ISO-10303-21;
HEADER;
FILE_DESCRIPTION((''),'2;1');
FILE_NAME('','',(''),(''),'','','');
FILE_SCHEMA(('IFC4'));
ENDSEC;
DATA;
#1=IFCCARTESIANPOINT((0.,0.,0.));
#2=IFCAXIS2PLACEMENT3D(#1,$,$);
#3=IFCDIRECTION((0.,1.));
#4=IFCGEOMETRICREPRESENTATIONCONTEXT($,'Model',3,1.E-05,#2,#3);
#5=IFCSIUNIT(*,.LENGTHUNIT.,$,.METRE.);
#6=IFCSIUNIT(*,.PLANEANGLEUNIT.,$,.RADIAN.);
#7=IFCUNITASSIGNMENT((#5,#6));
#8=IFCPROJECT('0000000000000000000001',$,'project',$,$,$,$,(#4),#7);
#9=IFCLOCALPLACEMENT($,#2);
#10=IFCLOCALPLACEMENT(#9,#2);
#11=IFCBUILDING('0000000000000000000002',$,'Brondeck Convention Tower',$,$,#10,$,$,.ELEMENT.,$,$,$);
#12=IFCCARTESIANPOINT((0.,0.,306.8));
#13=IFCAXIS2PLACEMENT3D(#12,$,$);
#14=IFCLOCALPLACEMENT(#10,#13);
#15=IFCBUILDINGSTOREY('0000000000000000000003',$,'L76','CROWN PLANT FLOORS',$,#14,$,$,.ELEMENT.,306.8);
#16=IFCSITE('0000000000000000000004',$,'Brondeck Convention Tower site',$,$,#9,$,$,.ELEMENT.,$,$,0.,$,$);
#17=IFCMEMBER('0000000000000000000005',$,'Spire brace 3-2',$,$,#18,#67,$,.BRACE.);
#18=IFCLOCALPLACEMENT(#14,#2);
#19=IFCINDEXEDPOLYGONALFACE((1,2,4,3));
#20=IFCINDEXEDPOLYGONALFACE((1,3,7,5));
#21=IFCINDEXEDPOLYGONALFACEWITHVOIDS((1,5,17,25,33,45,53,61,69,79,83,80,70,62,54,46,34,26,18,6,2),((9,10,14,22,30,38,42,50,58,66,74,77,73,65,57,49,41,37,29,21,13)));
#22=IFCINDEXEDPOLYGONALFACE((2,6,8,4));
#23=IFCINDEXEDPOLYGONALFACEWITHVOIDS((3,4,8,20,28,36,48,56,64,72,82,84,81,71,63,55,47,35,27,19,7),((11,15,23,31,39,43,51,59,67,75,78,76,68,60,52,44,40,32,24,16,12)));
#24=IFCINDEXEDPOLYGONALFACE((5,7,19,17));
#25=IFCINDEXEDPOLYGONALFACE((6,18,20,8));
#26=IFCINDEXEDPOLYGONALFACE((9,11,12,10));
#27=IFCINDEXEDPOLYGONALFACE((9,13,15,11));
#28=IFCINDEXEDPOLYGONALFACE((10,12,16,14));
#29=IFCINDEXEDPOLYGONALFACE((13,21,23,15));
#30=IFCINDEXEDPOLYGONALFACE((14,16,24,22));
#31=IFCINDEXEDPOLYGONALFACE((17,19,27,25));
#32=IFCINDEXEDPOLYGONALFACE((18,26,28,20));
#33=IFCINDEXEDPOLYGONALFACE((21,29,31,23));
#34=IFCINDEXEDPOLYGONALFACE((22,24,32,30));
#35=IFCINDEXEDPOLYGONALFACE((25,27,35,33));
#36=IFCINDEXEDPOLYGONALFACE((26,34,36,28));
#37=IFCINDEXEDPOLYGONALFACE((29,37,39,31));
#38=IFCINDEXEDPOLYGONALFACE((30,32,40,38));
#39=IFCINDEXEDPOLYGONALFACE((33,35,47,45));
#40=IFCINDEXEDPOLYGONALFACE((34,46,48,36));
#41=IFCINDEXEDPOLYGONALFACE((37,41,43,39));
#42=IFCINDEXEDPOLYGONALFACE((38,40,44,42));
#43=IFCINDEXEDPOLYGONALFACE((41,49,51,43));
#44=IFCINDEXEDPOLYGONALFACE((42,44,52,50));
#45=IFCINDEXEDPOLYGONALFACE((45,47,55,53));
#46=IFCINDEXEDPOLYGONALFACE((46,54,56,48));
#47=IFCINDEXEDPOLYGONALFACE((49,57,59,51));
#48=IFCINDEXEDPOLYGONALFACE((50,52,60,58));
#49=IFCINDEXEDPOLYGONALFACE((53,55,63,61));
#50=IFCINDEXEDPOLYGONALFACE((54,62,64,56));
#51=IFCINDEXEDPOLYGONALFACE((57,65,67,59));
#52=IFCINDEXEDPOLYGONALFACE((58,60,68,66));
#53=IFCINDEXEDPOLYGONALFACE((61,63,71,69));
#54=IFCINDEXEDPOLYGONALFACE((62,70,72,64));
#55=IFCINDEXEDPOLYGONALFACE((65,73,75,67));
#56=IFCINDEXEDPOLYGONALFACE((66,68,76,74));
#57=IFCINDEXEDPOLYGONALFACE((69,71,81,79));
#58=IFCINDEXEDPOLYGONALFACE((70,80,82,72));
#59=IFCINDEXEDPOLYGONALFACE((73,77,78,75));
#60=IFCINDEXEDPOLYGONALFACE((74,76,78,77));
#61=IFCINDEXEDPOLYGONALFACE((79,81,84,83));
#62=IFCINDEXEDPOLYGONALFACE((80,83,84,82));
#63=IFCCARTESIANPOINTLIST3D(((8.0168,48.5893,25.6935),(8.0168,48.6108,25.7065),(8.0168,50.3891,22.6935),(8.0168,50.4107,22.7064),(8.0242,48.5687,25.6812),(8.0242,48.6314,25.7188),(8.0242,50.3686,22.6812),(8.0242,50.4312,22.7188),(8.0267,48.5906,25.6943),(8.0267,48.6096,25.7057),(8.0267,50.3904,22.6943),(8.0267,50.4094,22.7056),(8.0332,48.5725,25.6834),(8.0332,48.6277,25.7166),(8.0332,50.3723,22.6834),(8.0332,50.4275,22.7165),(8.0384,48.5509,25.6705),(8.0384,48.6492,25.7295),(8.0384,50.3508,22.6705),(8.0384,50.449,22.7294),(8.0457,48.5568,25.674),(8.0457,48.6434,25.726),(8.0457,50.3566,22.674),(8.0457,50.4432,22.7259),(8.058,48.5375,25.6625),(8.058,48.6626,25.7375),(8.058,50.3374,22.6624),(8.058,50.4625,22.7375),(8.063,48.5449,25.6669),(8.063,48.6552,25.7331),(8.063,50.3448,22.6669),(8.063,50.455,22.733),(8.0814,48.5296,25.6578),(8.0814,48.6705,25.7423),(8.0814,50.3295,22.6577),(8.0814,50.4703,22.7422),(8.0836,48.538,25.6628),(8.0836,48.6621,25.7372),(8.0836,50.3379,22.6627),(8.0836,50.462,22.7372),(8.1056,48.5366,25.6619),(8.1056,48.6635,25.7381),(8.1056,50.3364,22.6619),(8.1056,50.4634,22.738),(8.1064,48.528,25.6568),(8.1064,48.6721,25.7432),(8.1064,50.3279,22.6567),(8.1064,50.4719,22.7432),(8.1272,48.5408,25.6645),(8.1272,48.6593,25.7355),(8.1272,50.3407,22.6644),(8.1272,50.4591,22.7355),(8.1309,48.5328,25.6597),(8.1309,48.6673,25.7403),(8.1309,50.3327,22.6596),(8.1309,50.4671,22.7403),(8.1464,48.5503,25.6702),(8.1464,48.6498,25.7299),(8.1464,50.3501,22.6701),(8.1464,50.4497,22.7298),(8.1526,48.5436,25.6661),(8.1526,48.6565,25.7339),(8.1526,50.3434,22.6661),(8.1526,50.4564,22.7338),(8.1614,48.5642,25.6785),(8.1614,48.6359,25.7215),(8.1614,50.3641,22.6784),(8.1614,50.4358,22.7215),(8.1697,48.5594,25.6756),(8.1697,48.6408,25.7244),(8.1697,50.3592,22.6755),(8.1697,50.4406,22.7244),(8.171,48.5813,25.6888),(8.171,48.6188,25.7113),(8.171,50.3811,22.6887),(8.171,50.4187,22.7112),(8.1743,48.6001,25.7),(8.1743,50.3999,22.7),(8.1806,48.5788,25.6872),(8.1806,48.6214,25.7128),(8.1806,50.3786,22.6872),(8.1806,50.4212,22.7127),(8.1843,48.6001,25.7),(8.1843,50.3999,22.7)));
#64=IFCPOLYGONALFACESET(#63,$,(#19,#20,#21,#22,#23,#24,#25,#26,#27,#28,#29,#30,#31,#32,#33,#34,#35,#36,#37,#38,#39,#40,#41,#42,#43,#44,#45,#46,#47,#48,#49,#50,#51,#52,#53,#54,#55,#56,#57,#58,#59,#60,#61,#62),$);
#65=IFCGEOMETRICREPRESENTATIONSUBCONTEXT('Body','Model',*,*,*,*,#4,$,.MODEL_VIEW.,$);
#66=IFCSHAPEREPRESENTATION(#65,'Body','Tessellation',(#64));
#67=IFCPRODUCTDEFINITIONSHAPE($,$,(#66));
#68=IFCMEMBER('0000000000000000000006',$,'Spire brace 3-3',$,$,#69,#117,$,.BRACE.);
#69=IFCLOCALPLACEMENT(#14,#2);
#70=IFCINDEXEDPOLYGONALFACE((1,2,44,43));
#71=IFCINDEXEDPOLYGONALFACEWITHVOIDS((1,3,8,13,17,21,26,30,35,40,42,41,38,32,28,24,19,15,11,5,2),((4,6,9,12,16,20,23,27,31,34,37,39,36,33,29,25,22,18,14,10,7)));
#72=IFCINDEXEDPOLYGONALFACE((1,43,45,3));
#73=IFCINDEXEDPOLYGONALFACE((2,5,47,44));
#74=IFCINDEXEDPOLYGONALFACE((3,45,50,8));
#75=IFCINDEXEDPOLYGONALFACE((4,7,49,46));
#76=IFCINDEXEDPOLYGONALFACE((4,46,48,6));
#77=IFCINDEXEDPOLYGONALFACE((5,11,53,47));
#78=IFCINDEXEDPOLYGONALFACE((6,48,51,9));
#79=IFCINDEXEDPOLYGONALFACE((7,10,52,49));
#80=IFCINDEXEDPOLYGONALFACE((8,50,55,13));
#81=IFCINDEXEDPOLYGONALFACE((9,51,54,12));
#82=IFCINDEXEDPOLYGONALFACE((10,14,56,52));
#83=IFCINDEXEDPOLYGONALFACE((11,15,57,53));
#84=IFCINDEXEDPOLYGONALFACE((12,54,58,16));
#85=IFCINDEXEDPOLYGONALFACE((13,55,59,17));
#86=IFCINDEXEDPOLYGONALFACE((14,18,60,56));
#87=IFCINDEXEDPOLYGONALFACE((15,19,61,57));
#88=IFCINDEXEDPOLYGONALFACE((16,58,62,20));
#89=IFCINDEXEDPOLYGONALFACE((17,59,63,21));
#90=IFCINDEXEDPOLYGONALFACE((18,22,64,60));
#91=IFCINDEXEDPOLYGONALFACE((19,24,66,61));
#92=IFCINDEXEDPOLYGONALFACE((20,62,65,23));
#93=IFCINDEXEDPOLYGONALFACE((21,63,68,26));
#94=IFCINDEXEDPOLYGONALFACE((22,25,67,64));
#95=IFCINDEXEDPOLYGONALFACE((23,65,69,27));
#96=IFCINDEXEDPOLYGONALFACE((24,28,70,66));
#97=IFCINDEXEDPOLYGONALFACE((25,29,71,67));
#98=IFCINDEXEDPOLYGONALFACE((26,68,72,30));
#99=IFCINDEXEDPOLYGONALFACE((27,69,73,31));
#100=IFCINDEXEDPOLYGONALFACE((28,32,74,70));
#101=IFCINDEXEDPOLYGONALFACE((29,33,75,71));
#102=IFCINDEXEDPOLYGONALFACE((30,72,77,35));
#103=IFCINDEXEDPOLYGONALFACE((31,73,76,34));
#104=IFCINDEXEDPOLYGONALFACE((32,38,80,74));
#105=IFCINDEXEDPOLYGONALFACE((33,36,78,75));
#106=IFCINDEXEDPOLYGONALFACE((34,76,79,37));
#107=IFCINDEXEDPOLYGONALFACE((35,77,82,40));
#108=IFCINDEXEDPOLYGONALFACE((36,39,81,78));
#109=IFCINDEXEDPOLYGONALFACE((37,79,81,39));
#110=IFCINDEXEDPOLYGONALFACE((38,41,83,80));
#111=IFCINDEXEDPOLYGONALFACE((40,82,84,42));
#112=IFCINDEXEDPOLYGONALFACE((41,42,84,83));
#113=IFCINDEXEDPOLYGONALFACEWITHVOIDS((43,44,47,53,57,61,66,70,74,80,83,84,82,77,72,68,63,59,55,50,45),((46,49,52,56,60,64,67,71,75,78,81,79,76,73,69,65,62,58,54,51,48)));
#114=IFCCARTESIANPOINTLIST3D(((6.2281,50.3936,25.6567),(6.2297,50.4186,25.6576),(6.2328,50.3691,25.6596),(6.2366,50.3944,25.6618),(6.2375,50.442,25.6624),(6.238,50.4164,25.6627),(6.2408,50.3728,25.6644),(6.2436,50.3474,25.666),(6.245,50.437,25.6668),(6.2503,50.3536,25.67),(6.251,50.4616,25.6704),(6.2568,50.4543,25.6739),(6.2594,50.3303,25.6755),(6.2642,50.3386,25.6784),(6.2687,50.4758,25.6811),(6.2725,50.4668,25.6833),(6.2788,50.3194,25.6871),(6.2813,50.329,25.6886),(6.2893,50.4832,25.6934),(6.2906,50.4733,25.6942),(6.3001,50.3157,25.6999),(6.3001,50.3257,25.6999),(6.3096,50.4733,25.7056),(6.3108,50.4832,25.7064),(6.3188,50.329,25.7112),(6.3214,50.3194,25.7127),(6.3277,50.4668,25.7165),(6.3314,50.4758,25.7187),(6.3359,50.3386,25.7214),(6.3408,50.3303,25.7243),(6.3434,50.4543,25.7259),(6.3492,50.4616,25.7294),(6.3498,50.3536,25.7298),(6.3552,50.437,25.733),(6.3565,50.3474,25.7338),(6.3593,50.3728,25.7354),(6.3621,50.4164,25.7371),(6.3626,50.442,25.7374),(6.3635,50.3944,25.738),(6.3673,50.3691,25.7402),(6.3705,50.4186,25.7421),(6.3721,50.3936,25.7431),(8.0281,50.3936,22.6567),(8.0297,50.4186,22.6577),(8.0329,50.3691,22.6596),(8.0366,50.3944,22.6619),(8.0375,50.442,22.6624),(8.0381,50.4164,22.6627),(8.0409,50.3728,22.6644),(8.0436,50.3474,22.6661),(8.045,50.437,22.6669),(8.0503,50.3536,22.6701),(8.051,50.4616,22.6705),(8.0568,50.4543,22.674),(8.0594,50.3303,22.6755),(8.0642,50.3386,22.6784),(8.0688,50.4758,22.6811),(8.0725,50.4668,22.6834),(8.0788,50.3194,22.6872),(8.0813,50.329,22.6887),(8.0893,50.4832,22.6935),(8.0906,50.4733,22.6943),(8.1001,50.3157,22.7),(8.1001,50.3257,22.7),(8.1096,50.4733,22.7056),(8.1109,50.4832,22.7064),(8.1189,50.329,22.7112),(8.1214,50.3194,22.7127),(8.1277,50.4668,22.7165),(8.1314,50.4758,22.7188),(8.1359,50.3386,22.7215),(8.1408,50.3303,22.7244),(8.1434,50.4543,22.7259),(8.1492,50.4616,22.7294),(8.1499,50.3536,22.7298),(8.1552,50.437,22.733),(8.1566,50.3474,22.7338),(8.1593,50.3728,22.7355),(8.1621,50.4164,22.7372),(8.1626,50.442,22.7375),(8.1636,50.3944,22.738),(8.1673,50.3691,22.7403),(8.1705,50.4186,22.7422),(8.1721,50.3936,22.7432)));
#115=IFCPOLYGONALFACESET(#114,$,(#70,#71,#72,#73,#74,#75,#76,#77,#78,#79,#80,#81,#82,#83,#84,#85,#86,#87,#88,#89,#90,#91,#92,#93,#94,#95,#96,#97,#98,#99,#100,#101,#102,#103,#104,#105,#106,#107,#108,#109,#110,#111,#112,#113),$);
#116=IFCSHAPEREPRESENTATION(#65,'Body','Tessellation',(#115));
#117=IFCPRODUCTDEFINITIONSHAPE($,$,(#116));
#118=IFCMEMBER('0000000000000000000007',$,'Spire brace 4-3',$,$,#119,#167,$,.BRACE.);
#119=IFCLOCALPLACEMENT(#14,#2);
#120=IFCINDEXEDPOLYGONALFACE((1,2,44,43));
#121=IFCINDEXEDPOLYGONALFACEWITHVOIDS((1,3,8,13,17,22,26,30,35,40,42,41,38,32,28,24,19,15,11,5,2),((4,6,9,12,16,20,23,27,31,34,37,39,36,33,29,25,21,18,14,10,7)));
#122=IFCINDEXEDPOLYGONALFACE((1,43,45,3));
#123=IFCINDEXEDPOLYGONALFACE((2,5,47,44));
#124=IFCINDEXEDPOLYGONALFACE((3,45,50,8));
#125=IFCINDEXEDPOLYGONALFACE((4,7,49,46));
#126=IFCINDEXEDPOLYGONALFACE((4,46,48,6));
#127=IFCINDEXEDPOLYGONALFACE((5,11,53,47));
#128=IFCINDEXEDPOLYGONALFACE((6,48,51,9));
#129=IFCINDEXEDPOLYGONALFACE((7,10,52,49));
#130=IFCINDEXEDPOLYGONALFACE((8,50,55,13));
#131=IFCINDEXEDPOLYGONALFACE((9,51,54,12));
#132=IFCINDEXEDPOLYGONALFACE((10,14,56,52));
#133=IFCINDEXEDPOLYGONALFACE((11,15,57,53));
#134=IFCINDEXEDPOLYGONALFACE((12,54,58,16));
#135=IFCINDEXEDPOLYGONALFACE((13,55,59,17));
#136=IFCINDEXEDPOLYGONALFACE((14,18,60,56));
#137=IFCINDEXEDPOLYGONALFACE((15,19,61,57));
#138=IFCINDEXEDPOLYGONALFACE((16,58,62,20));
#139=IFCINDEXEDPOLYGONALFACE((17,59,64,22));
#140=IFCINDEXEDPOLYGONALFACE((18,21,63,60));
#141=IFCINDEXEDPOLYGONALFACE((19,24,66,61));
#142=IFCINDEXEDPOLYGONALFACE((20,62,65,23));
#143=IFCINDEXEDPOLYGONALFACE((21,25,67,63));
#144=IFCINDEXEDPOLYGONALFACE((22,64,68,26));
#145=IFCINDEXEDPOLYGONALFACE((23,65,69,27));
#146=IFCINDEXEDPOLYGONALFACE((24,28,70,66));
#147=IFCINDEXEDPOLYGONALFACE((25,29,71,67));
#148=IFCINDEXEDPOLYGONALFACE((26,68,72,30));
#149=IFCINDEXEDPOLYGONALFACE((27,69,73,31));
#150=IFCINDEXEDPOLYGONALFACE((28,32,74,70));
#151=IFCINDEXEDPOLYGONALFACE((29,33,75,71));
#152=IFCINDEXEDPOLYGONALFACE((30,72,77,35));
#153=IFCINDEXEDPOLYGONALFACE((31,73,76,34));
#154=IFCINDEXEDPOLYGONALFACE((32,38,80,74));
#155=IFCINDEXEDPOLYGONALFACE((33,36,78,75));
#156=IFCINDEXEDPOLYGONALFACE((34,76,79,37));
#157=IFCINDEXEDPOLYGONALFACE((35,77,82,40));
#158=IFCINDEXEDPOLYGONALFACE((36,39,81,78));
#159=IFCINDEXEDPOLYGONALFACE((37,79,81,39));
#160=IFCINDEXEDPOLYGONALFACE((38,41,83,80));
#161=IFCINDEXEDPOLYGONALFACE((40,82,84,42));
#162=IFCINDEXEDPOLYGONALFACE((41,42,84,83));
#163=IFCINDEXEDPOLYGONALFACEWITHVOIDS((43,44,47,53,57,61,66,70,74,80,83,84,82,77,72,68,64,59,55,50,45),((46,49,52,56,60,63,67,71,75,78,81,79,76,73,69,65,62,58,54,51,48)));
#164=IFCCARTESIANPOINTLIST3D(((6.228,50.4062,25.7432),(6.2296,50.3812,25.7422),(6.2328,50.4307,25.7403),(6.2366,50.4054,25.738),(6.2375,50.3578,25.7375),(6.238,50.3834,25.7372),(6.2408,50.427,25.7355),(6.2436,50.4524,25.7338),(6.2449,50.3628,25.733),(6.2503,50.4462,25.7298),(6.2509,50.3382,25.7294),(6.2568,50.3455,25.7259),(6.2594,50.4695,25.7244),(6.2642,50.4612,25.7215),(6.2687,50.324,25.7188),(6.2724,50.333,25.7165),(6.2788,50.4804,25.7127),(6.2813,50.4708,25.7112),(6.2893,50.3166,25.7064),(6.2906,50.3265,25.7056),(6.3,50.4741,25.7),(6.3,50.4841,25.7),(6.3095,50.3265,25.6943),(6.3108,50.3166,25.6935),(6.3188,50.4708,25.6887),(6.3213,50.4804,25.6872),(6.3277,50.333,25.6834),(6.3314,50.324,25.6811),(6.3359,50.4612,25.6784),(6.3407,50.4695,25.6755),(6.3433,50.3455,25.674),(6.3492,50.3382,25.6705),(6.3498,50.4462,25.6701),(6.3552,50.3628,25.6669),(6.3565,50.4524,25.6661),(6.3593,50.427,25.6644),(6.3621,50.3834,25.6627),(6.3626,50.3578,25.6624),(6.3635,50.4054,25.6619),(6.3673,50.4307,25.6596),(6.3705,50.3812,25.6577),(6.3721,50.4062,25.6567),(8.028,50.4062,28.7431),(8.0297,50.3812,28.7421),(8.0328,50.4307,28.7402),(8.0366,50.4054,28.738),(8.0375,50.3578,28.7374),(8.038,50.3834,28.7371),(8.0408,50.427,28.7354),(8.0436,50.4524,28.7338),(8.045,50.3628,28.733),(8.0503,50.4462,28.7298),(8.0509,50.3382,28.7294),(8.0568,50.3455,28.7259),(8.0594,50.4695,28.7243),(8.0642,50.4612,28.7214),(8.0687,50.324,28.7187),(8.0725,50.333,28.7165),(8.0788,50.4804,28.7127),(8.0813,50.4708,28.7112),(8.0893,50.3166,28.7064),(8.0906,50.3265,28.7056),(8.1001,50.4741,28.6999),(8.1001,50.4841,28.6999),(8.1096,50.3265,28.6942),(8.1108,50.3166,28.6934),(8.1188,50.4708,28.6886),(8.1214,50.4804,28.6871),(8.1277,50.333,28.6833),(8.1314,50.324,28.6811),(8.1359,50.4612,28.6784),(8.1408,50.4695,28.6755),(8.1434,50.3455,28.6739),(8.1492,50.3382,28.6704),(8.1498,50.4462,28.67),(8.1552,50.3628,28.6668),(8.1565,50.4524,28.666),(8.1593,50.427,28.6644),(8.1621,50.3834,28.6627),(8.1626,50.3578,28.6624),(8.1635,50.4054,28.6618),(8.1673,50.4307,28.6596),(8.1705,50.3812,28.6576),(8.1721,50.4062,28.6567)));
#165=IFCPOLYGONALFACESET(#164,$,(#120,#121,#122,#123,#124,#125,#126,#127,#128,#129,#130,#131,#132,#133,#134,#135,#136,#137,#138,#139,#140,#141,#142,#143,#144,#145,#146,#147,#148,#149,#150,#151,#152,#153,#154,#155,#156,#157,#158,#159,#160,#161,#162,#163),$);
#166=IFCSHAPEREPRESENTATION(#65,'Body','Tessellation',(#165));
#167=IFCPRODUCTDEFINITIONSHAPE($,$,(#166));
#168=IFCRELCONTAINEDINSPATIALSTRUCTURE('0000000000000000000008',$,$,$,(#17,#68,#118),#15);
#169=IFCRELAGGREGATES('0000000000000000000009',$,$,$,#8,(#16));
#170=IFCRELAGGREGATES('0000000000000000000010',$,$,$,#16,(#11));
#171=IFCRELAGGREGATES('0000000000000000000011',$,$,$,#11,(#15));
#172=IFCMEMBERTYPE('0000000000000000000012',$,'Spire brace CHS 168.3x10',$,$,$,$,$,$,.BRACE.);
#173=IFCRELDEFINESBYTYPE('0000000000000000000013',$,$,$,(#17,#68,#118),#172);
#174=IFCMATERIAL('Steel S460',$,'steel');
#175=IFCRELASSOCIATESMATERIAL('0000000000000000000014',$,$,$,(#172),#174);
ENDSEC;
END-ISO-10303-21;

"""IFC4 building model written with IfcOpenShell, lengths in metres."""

from ifc_helpers import new_model, si_unit, direction, frame, origin, origin_2d, place, context, subcontext, project, spatial, hollow_circle, extrude, material, material_profile, profile_set, type_object, element, save


model = new_model("IFC4")

# Units and contexts
model_context = context("Model", 3, precision=1e-05, world=origin(), true_north=direction((0.0, 1.0)))
body_context = subcontext(model_context, "Body", "Model", "MODEL_VIEW")
ifc_project = project(units=[si_unit("LENGTHUNIT", "METRE"), si_unit("PLANEANGLEUNIT", "RADIAN")], contexts=[model_context])

# Site, building, storey
site_placement = place(None, origin())
site = spatial("IfcSite", under=ifc_project, at=site_placement, Name="Brondeck Convention Tower site", CompositionType="ELEMENT", RefElevation=0.0)
building_placement = place(site_placement, origin())
building = spatial("IfcBuilding", under=site, at=building_placement, Name="Brondeck Convention Tower", CompositionType="ELEMENT")
storey_placement = place(building_placement, frame((0.0, 0.0, 306.8)))
storey = spatial("IfcBuildingStorey", under=building, at=storey_placement, Name="L76", Description="CROWN PLANT FLOORS", CompositionType="ELEMENT", Elevation=306.8)

# Members
ifc_material = material(Name="Steel S460", Category="steel")
ifc_material_profile_1 = material_profile(ifc_material, hollow_circle(Radius=0.0842, WallThickness=0.01, at=origin_2d()), Name="CHS 168.3x10")
ifc_profile_set_1 = profile_set([ifc_material_profile_1], Name="Steel S460")
member_type_1 = type_object("IfcMemberType", Name="Spire brace CHS 168.3x10", PredefinedType="BRACE", material=ifc_profile_set_1)
for number, where, z_axis, x_axis, name in (
    (1, (8.1001, 50.3999, 22.7), (0.0, -0.514455, 0.857518), (1.0, 0.0, 0.0), "Spire brace 3-2"),
    (2, (8.1001, 50.3999, 22.7), (-0.514506, 0.0, 0.857487), (0.0, -1.0, 0.0), "Spire brace 3-3"),
    (3, (6.3, 50.3999, 25.7), (0.514506, 0.0, 0.857487), (0.0, 1.0, 0.0), "Spire brace 4-3"),
):
    element("IfcMember", number, at=place(storey_placement, frame(where, z_axis=z_axis, x_axis=x_axis)), inside=storey, type_object=member_type_1, Name=name, PredefinedType="BRACE", context=body_context, shape_type="SweptSolid", body=[
        extrude(hollow_circle(Radius=0.0842, WallThickness=0.01, at=origin_2d()), origin(), (0.0, 0.0, 1.0), 3.4985),
    ])

save(model, "model.ifc")
